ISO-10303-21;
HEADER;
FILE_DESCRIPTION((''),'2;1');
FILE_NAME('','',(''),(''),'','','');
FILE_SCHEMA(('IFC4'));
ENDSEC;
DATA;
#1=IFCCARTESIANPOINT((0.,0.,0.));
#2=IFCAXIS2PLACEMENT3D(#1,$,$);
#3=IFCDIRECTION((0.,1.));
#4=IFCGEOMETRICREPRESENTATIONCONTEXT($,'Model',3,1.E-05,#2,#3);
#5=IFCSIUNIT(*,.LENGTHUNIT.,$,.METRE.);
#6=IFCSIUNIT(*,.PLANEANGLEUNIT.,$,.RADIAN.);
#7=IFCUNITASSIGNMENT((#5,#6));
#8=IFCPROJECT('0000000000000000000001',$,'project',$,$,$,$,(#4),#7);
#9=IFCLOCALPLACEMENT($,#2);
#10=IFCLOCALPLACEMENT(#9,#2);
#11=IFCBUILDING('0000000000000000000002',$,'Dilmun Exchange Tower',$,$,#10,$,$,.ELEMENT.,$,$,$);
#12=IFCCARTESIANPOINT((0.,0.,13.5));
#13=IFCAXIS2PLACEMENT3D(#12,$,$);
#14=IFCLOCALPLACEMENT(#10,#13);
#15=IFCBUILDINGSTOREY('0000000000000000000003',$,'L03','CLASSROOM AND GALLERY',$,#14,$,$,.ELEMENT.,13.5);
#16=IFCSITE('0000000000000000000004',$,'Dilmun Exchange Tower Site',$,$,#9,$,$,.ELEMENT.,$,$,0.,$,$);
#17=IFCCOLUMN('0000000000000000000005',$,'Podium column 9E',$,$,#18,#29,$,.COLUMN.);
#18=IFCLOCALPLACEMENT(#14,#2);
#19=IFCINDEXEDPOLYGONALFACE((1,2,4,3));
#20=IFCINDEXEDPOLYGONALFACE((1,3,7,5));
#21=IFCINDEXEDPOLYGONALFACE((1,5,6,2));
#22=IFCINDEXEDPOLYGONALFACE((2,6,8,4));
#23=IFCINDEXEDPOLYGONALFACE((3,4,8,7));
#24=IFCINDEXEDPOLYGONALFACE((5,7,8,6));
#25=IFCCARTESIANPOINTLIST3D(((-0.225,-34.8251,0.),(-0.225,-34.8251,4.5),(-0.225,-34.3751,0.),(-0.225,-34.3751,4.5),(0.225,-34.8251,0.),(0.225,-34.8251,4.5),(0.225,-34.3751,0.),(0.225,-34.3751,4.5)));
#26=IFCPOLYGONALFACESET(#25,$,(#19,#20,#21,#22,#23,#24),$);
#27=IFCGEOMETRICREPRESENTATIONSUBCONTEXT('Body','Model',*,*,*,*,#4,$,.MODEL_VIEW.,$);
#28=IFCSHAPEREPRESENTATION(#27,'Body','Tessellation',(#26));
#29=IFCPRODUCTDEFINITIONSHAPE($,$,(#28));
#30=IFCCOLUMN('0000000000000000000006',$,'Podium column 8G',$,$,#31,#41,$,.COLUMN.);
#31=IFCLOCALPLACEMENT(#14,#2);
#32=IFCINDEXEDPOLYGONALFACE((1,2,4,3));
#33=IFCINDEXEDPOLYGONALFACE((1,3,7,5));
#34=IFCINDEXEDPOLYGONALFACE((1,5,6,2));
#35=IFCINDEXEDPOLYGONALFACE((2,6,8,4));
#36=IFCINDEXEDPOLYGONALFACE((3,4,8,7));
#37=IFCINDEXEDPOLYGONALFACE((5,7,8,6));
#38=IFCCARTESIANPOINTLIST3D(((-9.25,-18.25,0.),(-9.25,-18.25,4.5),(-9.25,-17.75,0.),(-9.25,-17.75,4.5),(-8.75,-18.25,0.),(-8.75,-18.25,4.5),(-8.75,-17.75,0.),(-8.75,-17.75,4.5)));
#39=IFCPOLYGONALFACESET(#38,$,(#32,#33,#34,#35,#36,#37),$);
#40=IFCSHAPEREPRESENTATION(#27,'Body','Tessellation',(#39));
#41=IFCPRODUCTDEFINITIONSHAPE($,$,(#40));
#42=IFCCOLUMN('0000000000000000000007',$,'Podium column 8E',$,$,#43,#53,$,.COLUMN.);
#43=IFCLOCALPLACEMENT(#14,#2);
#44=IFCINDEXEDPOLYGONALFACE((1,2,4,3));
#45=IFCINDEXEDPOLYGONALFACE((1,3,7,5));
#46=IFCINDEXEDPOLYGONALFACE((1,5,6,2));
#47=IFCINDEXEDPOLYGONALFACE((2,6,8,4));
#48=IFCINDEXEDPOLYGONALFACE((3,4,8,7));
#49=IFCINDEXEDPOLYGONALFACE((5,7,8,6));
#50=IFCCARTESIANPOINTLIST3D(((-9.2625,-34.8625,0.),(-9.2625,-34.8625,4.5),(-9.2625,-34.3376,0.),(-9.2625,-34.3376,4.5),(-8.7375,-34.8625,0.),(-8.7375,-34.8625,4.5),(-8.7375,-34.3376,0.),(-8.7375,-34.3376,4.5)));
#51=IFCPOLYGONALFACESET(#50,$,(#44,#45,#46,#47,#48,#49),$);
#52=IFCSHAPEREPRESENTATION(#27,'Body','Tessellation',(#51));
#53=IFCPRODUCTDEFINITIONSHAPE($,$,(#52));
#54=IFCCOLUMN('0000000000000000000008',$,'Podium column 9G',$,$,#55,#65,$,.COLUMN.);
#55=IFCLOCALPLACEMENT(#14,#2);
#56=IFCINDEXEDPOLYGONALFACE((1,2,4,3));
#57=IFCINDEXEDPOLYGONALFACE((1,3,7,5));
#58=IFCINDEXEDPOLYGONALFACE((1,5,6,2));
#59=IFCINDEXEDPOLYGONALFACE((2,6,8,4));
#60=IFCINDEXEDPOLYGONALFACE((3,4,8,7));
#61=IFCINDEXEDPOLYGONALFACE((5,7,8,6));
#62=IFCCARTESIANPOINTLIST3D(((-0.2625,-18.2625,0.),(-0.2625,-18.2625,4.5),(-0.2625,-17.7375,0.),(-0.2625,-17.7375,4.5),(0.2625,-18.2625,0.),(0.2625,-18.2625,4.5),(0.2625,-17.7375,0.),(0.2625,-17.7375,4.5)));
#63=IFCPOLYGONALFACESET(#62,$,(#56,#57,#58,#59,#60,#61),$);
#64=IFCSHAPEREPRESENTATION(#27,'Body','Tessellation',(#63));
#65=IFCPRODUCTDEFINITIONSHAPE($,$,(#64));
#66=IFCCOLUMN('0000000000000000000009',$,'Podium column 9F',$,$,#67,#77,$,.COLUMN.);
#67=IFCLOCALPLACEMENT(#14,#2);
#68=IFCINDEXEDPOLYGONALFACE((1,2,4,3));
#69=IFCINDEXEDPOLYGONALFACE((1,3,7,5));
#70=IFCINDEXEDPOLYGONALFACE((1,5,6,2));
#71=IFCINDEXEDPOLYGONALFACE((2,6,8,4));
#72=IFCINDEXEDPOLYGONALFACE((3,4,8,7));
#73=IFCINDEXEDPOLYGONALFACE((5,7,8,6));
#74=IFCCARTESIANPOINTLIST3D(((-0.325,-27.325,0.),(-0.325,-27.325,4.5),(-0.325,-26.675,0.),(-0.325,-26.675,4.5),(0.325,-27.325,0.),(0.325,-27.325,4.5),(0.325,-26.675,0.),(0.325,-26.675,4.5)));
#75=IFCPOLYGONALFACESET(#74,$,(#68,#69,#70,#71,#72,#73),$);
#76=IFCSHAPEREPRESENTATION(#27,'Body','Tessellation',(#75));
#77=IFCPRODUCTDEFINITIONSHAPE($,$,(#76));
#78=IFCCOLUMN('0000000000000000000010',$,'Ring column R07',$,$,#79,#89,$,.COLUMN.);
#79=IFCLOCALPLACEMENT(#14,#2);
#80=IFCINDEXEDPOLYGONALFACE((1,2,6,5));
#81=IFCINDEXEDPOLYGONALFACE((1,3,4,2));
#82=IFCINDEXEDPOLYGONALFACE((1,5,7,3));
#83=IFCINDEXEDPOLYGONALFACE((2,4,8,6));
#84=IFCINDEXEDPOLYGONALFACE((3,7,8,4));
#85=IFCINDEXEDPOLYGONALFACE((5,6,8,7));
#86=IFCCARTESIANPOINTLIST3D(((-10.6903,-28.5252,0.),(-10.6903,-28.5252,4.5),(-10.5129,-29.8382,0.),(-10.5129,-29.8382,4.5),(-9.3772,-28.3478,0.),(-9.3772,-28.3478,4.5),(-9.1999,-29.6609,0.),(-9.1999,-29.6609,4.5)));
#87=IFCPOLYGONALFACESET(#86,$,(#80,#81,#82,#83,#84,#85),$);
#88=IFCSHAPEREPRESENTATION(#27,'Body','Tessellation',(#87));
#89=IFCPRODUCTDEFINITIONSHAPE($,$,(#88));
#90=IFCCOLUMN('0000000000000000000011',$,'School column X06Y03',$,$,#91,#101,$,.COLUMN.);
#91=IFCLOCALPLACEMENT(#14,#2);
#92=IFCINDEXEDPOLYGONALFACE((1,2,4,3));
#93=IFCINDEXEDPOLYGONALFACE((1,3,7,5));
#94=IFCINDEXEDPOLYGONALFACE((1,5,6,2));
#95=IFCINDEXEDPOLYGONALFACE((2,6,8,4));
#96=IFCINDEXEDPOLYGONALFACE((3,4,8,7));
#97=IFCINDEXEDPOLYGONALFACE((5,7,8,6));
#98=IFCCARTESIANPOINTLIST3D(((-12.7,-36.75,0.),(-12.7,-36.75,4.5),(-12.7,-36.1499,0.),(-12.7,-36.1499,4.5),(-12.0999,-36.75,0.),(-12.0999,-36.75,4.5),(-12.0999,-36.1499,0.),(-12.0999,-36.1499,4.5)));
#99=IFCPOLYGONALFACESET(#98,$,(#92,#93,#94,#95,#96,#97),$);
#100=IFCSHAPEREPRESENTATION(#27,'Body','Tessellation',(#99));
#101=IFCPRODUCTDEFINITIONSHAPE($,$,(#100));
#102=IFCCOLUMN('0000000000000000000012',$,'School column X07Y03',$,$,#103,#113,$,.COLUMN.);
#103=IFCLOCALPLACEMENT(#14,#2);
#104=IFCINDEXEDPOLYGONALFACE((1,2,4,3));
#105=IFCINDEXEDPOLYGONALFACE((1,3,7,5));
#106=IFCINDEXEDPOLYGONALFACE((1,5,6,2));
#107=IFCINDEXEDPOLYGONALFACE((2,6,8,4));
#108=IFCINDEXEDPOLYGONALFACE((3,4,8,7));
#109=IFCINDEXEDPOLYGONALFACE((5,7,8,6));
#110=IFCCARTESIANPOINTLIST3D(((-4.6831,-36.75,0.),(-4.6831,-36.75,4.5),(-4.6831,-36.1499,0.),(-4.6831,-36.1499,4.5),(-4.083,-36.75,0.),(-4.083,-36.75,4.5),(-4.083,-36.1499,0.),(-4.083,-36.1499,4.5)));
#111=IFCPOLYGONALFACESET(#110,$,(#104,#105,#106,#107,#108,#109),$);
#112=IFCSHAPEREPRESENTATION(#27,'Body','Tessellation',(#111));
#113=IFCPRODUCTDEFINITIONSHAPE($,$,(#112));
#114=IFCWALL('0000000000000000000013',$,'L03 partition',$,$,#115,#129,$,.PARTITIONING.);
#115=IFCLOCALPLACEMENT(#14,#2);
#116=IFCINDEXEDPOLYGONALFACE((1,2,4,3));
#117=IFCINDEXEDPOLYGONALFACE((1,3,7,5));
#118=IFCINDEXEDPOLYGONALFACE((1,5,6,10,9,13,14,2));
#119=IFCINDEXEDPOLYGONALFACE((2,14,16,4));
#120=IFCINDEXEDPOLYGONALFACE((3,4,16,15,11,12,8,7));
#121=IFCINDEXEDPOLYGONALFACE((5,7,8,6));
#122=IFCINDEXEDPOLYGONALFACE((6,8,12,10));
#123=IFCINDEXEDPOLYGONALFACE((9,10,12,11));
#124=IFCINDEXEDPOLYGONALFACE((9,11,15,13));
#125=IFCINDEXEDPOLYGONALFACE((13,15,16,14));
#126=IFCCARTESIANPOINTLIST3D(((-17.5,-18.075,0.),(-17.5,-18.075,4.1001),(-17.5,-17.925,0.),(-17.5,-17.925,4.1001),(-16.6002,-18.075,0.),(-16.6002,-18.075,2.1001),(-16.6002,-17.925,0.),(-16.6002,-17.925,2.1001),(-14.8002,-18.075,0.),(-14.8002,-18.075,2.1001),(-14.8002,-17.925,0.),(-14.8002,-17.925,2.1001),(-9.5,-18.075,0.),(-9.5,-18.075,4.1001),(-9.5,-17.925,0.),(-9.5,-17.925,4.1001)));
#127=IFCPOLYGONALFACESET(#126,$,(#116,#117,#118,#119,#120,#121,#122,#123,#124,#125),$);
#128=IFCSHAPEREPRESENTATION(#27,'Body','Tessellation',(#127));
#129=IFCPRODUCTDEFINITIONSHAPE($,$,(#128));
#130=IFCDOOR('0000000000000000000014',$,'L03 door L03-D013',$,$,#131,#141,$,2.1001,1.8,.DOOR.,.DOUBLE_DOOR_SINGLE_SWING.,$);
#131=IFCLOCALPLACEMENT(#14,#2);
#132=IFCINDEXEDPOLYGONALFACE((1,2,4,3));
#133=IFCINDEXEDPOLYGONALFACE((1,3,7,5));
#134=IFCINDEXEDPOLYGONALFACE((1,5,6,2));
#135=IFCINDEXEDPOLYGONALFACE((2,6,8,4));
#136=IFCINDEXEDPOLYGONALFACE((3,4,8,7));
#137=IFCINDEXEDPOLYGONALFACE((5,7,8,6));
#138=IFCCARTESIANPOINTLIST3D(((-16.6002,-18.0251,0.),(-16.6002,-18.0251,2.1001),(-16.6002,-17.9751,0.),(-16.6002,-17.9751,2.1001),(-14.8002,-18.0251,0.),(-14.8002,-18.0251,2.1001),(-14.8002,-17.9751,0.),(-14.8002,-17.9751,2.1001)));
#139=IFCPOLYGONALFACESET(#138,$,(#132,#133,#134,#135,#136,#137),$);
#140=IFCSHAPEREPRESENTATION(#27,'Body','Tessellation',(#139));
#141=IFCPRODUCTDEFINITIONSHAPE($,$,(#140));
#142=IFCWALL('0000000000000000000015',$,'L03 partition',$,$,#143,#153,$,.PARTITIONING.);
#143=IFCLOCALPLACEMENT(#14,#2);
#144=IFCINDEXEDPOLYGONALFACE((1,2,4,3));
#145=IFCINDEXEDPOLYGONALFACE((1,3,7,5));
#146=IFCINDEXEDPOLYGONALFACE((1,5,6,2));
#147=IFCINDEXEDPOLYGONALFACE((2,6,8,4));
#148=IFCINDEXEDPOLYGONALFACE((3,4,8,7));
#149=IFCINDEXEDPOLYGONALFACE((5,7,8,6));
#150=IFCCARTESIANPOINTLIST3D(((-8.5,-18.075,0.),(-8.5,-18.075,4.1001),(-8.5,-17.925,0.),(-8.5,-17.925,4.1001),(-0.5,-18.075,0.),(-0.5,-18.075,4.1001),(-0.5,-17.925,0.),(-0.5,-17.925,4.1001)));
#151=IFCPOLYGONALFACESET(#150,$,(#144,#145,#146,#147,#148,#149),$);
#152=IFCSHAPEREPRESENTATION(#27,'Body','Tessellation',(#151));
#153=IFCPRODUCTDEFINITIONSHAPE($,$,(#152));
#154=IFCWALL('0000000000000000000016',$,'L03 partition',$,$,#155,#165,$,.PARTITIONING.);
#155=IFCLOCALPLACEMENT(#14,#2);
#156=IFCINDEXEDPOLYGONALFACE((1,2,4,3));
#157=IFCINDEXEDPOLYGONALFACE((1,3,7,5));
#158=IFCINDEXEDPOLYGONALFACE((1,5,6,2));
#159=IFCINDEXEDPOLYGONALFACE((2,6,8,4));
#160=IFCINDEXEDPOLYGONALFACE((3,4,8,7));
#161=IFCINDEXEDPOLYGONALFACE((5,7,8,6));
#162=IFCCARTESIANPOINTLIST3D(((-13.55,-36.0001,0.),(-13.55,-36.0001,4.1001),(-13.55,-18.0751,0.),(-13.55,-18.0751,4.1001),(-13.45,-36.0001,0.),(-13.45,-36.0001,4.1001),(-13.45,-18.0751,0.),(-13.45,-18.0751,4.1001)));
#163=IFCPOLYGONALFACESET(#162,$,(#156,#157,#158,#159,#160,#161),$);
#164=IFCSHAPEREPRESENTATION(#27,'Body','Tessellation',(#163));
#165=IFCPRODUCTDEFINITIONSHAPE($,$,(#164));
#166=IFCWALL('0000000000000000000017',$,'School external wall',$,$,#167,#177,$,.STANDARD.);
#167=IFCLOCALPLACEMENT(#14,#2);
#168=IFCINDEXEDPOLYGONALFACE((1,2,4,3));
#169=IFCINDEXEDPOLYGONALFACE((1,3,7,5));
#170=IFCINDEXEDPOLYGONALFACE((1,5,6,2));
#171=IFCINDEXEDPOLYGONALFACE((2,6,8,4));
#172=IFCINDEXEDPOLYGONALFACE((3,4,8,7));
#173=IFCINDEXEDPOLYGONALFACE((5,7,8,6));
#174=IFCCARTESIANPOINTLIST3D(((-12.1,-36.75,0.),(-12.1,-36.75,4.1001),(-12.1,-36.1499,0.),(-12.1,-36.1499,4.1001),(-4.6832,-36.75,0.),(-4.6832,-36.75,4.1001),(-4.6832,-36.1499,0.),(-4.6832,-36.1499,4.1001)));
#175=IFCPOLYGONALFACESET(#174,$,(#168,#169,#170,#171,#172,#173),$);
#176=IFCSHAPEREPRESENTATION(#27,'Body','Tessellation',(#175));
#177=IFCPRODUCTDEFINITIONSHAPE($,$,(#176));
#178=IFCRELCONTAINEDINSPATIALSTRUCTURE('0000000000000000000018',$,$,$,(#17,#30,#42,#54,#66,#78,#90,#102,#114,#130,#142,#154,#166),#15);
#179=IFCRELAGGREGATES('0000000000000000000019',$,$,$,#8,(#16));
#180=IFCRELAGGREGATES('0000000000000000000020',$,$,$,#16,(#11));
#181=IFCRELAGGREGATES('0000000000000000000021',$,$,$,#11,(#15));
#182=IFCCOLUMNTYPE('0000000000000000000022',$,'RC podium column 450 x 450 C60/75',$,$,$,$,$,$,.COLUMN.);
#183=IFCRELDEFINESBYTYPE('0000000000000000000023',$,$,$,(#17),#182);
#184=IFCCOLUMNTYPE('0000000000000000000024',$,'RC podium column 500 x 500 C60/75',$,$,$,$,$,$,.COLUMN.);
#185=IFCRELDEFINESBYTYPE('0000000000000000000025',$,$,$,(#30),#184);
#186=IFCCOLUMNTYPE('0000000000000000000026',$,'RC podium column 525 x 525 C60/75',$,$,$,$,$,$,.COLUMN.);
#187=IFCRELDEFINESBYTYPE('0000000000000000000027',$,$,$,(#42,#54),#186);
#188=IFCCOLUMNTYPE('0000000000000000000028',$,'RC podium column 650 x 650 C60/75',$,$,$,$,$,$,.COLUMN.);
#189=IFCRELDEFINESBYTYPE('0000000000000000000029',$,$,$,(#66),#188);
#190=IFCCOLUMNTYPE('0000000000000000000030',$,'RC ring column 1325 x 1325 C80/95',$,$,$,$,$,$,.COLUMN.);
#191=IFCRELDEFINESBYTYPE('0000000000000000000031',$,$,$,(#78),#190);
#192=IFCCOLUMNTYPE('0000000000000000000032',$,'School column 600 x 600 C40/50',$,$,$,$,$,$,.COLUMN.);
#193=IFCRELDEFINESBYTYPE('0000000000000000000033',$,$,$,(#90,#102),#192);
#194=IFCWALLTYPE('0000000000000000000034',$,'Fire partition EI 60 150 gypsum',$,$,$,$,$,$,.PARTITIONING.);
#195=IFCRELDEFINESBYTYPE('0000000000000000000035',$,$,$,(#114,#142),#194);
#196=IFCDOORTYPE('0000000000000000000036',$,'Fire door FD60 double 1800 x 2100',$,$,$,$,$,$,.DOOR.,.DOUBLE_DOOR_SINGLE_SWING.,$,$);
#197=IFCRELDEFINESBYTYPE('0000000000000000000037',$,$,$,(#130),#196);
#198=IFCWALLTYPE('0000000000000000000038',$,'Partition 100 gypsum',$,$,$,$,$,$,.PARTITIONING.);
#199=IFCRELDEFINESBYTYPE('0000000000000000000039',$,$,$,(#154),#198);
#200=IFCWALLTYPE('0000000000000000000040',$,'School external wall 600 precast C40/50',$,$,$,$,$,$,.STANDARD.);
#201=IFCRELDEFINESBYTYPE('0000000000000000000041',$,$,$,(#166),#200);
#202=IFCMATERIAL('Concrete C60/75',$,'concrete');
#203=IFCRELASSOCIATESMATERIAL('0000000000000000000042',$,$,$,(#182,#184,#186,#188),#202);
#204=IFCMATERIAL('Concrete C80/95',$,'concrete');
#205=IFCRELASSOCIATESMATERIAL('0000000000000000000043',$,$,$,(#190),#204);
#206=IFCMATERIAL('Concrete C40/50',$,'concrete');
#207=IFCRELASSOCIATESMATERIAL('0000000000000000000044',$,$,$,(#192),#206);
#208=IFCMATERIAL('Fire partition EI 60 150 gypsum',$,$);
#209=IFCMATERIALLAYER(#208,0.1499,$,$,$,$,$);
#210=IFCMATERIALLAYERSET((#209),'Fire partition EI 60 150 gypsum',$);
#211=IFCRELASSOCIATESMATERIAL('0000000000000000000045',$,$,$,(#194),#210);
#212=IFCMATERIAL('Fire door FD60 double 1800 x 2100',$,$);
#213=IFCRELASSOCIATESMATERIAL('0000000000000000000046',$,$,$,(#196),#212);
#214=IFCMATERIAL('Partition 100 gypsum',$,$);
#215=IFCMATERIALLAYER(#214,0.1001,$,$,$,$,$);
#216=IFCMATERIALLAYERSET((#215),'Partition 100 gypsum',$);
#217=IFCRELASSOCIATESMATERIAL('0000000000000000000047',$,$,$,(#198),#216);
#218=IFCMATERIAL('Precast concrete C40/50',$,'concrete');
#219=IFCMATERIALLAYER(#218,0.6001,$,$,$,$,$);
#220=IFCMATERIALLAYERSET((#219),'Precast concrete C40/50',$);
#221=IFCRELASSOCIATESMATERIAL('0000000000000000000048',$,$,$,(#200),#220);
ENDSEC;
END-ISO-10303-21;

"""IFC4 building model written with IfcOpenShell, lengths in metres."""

from ifc_helpers import new_model, si_unit, direction, frame, frame_2d, origin, origin_2d, place, context, subcontext, project, spatial, rectangle, extrude, material, layer, layer_set, material_profile, profile_set, type_object, element, fill, save


model = new_model("IFC4")

# Units and contexts
model_context = context("Model", 3, precision=1e-05, world=origin(), true_north=direction((0.0, 1.0)))
body_context = subcontext(model_context, "Body", "Model", "MODEL_VIEW")
ifc_project = project(units=[si_unit("LENGTHUNIT", "METRE"), si_unit("PLANEANGLEUNIT", "RADIAN")], contexts=[model_context])

# Site, building, storey
site_placement = place(None, origin())
site = spatial("IfcSite", under=ifc_project, at=site_placement, Name="Dilmun Exchange Tower Site", CompositionType="ELEMENT", RefElevation=0.0)
building_placement = place(site_placement, origin())
building = spatial("IfcBuilding", under=site, at=building_placement, Name="Dilmun Exchange Tower", CompositionType="ELEMENT")
storey_placement = place(building_placement, frame((0.0, 0.0, 13.5)))
storey = spatial("IfcBuildingStorey", under=building, at=storey_placement, Name="L03", Description="CLASSROOM AND GALLERY", CompositionType="ELEMENT", Elevation=13.5)

# Columns
ifc_material_1 = material(Name="Concrete C60/75", Category="concrete")
ifc_material_profile_1 = material_profile(ifc_material_1, rectangle(XDim=0.45, YDim=0.45, at=origin_2d()), Name="450 x 450")
ifc_profile_set_1 = profile_set([ifc_material_profile_1], Name="Concrete C60/75")
column_type_1 = type_object("IfcColumnType", Name="RC podium column 450 x 450 C60/75", PredefinedType="COLUMN", material=ifc_profile_set_1)
column_1_placement = place(storey_placement, frame((0.0, -34.6001, 0.0), z_axis=(0.0, 0.0, 1.0), x_axis=(1.0, 0.0, 0.0)))
element("IfcColumn", 1, at=column_1_placement, inside=storey, type_object=column_type_1, Name="Podium column 9E", PredefinedType="COLUMN", context=body_context, shape_type="SweptSolid", body=[
    extrude(rectangle(XDim=0.45, YDim=0.45, at=origin_2d()), origin(), (0.0, 0.0, 1.0), 4.5),
])
ifc_material_profile_2 = material_profile(ifc_material_1, rectangle(XDim=0.5, YDim=0.5, at=origin_2d()), Name="500 x 500")
ifc_profile_set_2 = profile_set([ifc_material_profile_2], Name="Concrete C60/75")
column_type_2 = type_object("IfcColumnType", Name="RC podium column 500 x 500 C60/75", PredefinedType="COLUMN", material=ifc_profile_set_2)
column_2_placement = place(storey_placement, frame((-9.0, -18.0, 0.0), z_axis=(0.0, 0.0, 1.0), x_axis=(1.0, 0.0, 0.0)))
element("IfcColumn", 2, at=column_2_placement, inside=storey, type_object=column_type_2, Name="Podium column 8G", PredefinedType="COLUMN", context=body_context, shape_type="SweptSolid", body=[
    extrude(rectangle(XDim=0.5, YDim=0.5, at=origin_2d()), origin(), (0.0, 0.0, 1.0), 4.5),
])
ifc_material_profile_3 = material_profile(ifc_material_1, rectangle(XDim=0.5249, YDim=0.5249, at=origin_2d()), Name="525 x 525")
ifc_profile_set_3 = profile_set([ifc_material_profile_3], Name="Concrete C60/75")
column_type_3 = type_object("IfcColumnType", Name="RC podium column 525 x 525 C60/75", PredefinedType="COLUMN", material=ifc_profile_set_3)
for number, where, z_axis, x_axis, name in (
    (3, (-9.0, -34.6001, 0.0), (0.0, 0.0, 1.0), (1.0, 0.0, 0.0), "Podium column 8E"),
    (4, (0.0, -18.0, 0.0), (0.0, 0.0, 1.0), (1.0, 0.0, 0.0), "Podium column 9G"),
):
    element("IfcColumn", number, at=place(storey_placement, frame(where, z_axis=z_axis, x_axis=x_axis)), inside=storey, type_object=column_type_3, Name=name, PredefinedType="COLUMN", context=body_context, shape_type="SweptSolid", body=[
        extrude(rectangle(XDim=0.5249, YDim=0.5249, at=origin_2d()), origin(), (0.0, 0.0, 1.0), 4.5),
    ])
ifc_material_profile_4 = material_profile(ifc_material_1, rectangle(XDim=0.6499, YDim=0.6499, at=origin_2d()), Name="650 x 650")
ifc_profile_set_4 = profile_set([ifc_material_profile_4], Name="Concrete C60/75")
column_type_4 = type_object("IfcColumnType", Name="RC podium column 650 x 650 C60/75", PredefinedType="COLUMN", material=ifc_profile_set_4)
column_3_placement = place(storey_placement, frame((0.0, -27.0, 0.0), z_axis=(0.0, 0.0, 1.0), x_axis=(1.0, 0.0, 0.0)))
element("IfcColumn", 5, at=column_3_placement, inside=storey, type_object=column_type_4, Name="Podium column 9F", PredefinedType="COLUMN", context=body_context, shape_type="SweptSolid", body=[
    extrude(rectangle(XDim=0.6499, YDim=0.6499, at=origin_2d()), origin(), (0.0, 0.0, 1.0), 4.5),
])
ifc_material_2 = material(Name="Concrete C80/95", Category="concrete")
ifc_material_profile_5 = material_profile(ifc_material_2, rectangle(XDim=1.325, YDim=1.325, at=origin_2d()), Name="1325 x 1325")
ifc_profile_set_5 = profile_set([ifc_material_profile_5], Name="Concrete C80/95")
column_type_5 = type_object("IfcColumnType", Name="RC ring column 1325 x 1325 C80/95", PredefinedType="COLUMN", material=ifc_profile_set_5)
column_4_placement = place(storey_placement, frame((-9.9451, -29.093, 0.0), z_axis=(0.0, 0.0, 1.0), x_axis=(0.991001, 0.133853, 0.0)))
element("IfcColumn", 6, at=column_4_placement, inside=storey, type_object=column_type_5, Name="Ring column R07", PredefinedType="COLUMN", context=body_context, shape_type="SweptSolid", body=[
    extrude(rectangle(XDim=1.325, YDim=1.325, at=origin_2d()), origin(), (0.0, 0.0, 1.0), 4.5),
])
ifc_material_3 = material(Name="Concrete C40/50", Category="concrete")
ifc_material_profile_6 = material_profile(ifc_material_3, rectangle(XDim=0.6001, YDim=0.6001, at=origin_2d()), Name="600 x 600")
ifc_profile_set_6 = profile_set([ifc_material_profile_6], Name="Concrete C40/50")
column_type_6 = type_object("IfcColumnType", Name="School column 600 x 600 C40/50", PredefinedType="COLUMN", material=ifc_profile_set_6)
for number, where, z_axis, x_axis, name in (
    (7, (-12.3999, -36.45, 0.0), (0.0, 0.0, 1.0), (1.0, 0.0, 0.0), "School column X06Y03"),
    (8, (-4.3831, -36.45, 0.0), (0.0, 0.0, 1.0), (1.0, 0.0, 0.0), "School column X07Y03"),
):
    element("IfcColumn", number, at=place(storey_placement, frame(where, z_axis=z_axis, x_axis=x_axis)), inside=storey, type_object=column_type_6, Name=name, PredefinedType="COLUMN", context=body_context, shape_type="SweptSolid", body=[
        extrude(rectangle(XDim=0.6001, YDim=0.6001, at=origin_2d()), origin(), (0.0, 0.0, 1.0), 4.5),
    ])

# Wall, opening, door
ifc_material_4 = material(Name="Fire partition EI 60 150 gypsum")
ifc_layer_1 = layer(ifc_material_4, 0.1499)
ifc_layer_set_1 = layer_set([ifc_layer_1], Name="Fire partition EI 60 150 gypsum")
wall_type_1 = type_object("IfcWallType", Name="Fire partition EI 60 150 gypsum", PredefinedType="PARTITIONING", material=ifc_layer_set_1)
wall_1_placement = place(storey_placement, frame((-17.5, -18.0, 0.0), z_axis=(0.0, 0.0, 1.0), x_axis=(1.0, 0.0, 0.0)))
wall_1 = element("IfcWall", 9, at=wall_1_placement, inside=storey, type_object=wall_type_1, Name="L03 partition", PredefinedType="PARTITIONING", context=body_context, shape_type="SweptSolid", body=[
    extrude(rectangle(XDim=8.0, YDim=0.1499, at=frame_2d((4.0, 0.0))), origin(), (0.0, 0.0, 1.0), 4.1001),
])
opening_placement = place(wall_1_placement, frame((0.8999, 0.0, 0.0)))
opening = element("IfcOpeningElement", 10, at=opening_placement, cuts=wall_1, PredefinedType="OPENING", context=body_context, shape_type="SweptSolid", body=[
    extrude(rectangle(XDim=1.8, YDim=2.1001, at=frame_2d((0.8999, 1.05))), frame((0.0, 0.085, 0.0), z_axis=(0.0, -1.0, 0.0), x_axis=(1.0, 0.0, 0.0)), (0.0, 0.0, 1.0), 0.1699),
])
ifc_material_5 = material(Name="Fire door FD60 double 1800 x 2100")
door_type = type_object("IfcDoorType", Name="Fire door FD60 double 1800 x 2100", OperationType="DOUBLE_DOOR_SINGLE_SWING", PredefinedType="DOOR", material=ifc_material_5)
door_placement = place(opening_placement, origin())
door = element("IfcDoor", 11, at=door_placement, inside=storey, type_object=door_type, Name="L03 door L03-D013", OperationType="DOUBLE_DOOR_SINGLE_SWING", OverallHeight=2.1001, OverallWidth=1.8, PredefinedType="DOOR", context=body_context, shape_type="SweptSolid", body=[
    extrude(rectangle(XDim=1.8, YDim=2.1001, at=frame_2d((0.8999, 1.05))), frame((0.0, 0.0249, 0.0), z_axis=(0.0, -1.0, 0.0), x_axis=(1.0, 0.0, 0.0)), (0.0, 0.0, 1.0), 0.05),
])
fill(opening, door)

# Walls
wall_2_placement = place(storey_placement, frame((-8.5, -18.0, 0.0), z_axis=(0.0, 0.0, 1.0), x_axis=(1.0, 0.0, 0.0)))
element("IfcWall", 12, at=wall_2_placement, inside=storey, type_object=wall_type_1, Name="L03 partition", PredefinedType="PARTITIONING", context=body_context, shape_type="SweptSolid", body=[
    extrude(rectangle(XDim=8.0, YDim=0.1499, at=frame_2d((4.0, 0.0))), origin(), (0.0, 0.0, 1.0), 4.1001),
])
ifc_material_6 = material(Name="Partition 100 gypsum")
ifc_layer_2 = layer(ifc_material_6, 0.1001)
ifc_layer_set_2 = layer_set([ifc_layer_2], Name="Partition 100 gypsum")
wall_type_2 = type_object("IfcWallType", Name="Partition 100 gypsum", PredefinedType="PARTITIONING", material=ifc_layer_set_2)
wall_3_placement = place(storey_placement, frame((-13.5, -36.0, 0.0), z_axis=(0.0, 0.0, 1.0), x_axis=(0.0, 1.0, 0.0)))
element("IfcWall", 13, at=wall_3_placement, inside=storey, type_object=wall_type_2, Name="L03 partition", PredefinedType="PARTITIONING", context=body_context, shape_type="SweptSolid", body=[
    extrude(rectangle(XDim=17.925, YDim=0.1001, at=frame_2d((8.9624, 0.0))), origin(), (0.0, 0.0, 1.0), 4.1001),
])
ifc_material_7 = material(Name="Precast concrete C40/50", Category="concrete")
ifc_layer_3 = layer(ifc_material_7, 0.6001)
ifc_layer_set_3 = layer_set([ifc_layer_3], Name="Precast concrete C40/50")
wall_type_3 = type_object("IfcWallType", Name="School external wall 600 precast C40/50", PredefinedType="STANDARD", material=ifc_layer_set_3)
wall_4_placement = place(storey_placement, frame((-12.1001, -36.45, 0.0), z_axis=(0.0, 0.0, 1.0), x_axis=(1.0, 0.0, 0.0)))
element("IfcWall", 14, at=wall_4_placement, inside=storey, type_object=wall_type_3, Name="School external wall", PredefinedType="STANDARD", context=body_context, shape_type="SweptSolid", body=[
    extrude(rectangle(XDim=7.4167, YDim=0.6001, at=frame_2d((3.7085, 0.0))), origin(), (0.0, 0.0, 1.0), 4.1001),
])

save(model, "model.ifc")
